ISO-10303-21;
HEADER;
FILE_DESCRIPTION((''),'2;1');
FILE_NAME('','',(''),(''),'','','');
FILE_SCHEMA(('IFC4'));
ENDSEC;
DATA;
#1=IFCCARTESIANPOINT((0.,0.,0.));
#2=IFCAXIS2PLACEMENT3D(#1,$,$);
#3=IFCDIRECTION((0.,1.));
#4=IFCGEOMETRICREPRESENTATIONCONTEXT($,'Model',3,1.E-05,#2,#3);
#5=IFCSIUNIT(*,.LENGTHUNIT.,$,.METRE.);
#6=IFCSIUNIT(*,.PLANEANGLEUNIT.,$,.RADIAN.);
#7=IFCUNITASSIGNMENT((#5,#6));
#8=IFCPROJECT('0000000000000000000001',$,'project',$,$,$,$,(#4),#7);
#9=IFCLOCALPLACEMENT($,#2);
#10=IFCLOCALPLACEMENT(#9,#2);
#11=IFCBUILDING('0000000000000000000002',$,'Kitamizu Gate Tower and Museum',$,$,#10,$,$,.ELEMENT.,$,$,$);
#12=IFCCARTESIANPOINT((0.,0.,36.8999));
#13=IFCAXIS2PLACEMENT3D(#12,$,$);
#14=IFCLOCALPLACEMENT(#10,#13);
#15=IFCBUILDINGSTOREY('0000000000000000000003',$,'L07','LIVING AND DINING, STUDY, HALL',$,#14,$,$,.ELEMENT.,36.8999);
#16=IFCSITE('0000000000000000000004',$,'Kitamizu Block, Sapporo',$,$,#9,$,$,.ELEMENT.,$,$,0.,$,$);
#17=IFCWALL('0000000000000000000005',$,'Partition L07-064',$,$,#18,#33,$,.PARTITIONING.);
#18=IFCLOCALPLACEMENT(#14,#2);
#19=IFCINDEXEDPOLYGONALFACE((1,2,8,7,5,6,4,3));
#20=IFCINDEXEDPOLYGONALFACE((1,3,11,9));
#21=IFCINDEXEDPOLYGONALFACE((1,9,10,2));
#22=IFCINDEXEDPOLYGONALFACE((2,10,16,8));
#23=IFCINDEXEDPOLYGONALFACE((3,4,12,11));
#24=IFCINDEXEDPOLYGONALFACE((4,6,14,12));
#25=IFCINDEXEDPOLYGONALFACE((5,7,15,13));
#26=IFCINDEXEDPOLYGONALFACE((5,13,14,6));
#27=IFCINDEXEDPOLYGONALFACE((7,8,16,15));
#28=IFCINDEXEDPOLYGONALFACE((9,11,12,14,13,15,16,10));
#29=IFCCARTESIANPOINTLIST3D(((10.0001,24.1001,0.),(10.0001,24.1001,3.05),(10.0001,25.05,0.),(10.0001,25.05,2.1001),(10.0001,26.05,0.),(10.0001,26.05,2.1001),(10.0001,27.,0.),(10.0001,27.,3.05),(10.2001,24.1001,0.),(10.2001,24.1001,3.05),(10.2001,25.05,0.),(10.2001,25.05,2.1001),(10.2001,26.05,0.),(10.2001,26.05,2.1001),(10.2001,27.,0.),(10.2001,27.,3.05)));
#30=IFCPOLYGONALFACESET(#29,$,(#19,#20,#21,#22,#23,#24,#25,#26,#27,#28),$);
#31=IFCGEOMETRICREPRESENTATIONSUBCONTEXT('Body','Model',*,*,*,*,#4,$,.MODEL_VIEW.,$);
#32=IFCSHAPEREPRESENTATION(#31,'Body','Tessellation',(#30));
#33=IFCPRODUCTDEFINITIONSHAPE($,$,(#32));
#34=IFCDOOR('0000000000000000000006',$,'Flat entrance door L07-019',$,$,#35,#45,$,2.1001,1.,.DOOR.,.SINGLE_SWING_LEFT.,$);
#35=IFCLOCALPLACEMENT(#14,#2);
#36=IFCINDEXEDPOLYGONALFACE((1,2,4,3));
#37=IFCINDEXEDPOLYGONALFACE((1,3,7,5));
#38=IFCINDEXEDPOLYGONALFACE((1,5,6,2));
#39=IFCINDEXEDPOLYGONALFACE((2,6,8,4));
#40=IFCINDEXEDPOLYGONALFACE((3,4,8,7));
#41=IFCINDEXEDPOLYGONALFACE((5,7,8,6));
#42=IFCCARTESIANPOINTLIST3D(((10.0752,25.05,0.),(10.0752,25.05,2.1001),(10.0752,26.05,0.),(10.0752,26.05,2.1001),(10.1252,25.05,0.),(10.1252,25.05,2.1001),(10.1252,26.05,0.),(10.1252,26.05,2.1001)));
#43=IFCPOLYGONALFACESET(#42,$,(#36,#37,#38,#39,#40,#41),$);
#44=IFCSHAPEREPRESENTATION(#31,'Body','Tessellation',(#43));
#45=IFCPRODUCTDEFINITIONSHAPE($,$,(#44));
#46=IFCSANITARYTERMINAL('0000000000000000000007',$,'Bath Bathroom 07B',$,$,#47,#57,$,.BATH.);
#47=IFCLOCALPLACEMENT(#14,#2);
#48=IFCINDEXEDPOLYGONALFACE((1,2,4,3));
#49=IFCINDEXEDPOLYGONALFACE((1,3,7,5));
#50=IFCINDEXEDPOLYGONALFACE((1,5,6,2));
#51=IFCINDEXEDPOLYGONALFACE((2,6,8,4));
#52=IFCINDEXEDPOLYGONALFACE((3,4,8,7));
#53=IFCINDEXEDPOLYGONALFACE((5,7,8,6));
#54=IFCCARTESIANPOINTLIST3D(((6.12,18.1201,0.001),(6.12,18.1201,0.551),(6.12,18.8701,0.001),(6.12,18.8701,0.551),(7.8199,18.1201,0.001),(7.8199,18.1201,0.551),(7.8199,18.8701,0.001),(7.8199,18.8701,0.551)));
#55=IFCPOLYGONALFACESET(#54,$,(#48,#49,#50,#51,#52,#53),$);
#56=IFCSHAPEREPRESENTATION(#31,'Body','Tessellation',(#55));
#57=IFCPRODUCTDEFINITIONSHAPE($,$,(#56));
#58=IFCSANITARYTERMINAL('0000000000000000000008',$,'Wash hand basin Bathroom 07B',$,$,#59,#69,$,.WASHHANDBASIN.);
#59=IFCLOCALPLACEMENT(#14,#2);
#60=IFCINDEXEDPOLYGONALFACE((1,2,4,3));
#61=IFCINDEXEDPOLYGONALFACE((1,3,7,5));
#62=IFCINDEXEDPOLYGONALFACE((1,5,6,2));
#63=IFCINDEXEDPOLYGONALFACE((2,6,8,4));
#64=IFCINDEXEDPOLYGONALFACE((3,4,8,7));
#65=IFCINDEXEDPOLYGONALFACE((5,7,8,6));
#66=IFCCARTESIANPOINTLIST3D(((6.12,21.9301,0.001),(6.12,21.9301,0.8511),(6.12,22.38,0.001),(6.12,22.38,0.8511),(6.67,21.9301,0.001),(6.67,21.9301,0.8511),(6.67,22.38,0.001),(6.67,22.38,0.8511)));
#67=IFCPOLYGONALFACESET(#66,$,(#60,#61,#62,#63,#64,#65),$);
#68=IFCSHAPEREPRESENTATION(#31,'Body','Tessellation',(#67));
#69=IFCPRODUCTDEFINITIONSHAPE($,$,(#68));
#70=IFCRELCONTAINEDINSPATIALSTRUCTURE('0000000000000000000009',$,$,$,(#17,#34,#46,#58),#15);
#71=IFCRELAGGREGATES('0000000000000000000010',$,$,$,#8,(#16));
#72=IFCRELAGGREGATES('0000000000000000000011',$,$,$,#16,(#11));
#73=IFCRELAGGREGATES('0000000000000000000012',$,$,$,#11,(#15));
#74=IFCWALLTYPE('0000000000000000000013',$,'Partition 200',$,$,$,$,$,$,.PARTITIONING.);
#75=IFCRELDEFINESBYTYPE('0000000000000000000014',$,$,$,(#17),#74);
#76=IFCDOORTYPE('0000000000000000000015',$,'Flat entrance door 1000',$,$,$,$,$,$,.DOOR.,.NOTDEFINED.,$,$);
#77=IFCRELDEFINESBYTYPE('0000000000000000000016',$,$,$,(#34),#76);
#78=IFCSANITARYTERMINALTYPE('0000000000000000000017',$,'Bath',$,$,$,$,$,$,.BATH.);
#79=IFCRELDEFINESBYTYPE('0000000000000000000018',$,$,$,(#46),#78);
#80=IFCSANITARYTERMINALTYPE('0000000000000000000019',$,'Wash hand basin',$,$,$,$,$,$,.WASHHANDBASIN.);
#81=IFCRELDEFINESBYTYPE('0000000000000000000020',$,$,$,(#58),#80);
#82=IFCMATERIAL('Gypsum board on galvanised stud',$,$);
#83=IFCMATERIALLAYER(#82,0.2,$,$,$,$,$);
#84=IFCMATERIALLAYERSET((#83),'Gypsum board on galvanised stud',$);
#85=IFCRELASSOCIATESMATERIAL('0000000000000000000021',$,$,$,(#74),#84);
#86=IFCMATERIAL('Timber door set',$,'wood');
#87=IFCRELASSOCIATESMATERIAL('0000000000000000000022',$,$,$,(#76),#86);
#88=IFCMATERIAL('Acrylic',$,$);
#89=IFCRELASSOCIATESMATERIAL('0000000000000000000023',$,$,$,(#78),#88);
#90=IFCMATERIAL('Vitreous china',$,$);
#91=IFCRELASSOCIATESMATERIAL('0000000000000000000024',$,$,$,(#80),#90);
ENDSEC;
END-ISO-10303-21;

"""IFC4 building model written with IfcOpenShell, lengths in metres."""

from ifc_helpers import new_model, si_unit, direction, frame, frame_2d, origin, origin_2d, place, context, subcontext, project, spatial, rectangle, extrude, material, layer, layer_set, type_object, element, fill, save


model = new_model("IFC4")

# Units and contexts
model_context = context("Model", 3, precision=1e-05, world=origin(), true_north=direction((0.0, 1.0)))
body_context = subcontext(model_context, "Body", "Model", "MODEL_VIEW")
ifc_project = project(units=[si_unit("LENGTHUNIT", "METRE"), si_unit("PLANEANGLEUNIT", "RADIAN")], contexts=[model_context])

# Site, building, storey
site_placement = place(None, origin())
site = spatial("IfcSite", under=ifc_project, at=site_placement, Name="Kitamizu Block, Sapporo", CompositionType="ELEMENT", RefElevation=0.0)
building_placement = place(site_placement, origin())
building = spatial("IfcBuilding", under=site, at=building_placement, Name="Kitamizu Gate Tower and Museum", CompositionType="ELEMENT")
storey_placement = place(building_placement, frame((0.0, 0.0, 36.8999)))
storey = spatial("IfcBuildingStorey", under=building, at=storey_placement, Name="L07", Description="LIVING AND DINING, STUDY, HALL", CompositionType="ELEMENT", Elevation=36.8999)

# Shared definitions
ifc_material_1 = material(Name="Gypsum board on galvanised stud")
ifc_layer_1 = layer(ifc_material_1, 0.2)
ifc_layer_set_1 = layer_set([ifc_layer_1], Name="Gypsum board on galvanised stud")
wall_type_1 = type_object("IfcWallType", Name="Partition 200", PredefinedType="PARTITIONING", material=ifc_layer_set_1)

# Wall, opening, door
wall_1_placement = place(storey_placement, frame((10.1001, 24.1001, 0.0), z_axis=(0.0, 0.0, 1.0), x_axis=(0.0, 1.0, 0.0)))
wall_1 = element("IfcWall", 1, at=wall_1_placement, inside=storey, type_object=wall_type_1, Name="Partition L07-064", PredefinedType="PARTITIONING", context=body_context, shape_type="SweptSolid", body=[
    extrude(rectangle(XDim=2.8999, YDim=0.2, at=frame_2d((1.45, 0.0))), origin(), (0.0, 0.0, 1.0), 3.05),
])
opening_1_placement = place(wall_1_placement, frame((0.95, 0.0, 0.0)))
opening_1 = element("IfcOpeningElement", 2, at=opening_1_placement, cuts=wall_1, PredefinedType="OPENING", context=body_context, shape_type="SweptSolid", body=[
    extrude(rectangle(XDim=1.0, YDim=2.1001, at=frame_2d((0.5, 1.05))), frame((0.0, 0.1099, 0.0), z_axis=(0.0, -1.0, 0.0), x_axis=(1.0, 0.0, 0.0)), (0.0, 0.0, 1.0), 0.22),
])
ifc_material_2 = material(Name="Timber door set", Category="wood")
door_type_1 = type_object("IfcDoorType", Name="Flat entrance door 1000", OperationType="NOTDEFINED", PredefinedType="DOOR", material=ifc_material_2)
door_1_placement = place(opening_1_placement, origin())
door_1 = element("IfcDoor", 3, at=door_1_placement, inside=storey, type_object=door_type_1, Name="Flat entrance door L07-019", OperationType="SINGLE_SWING_LEFT", OverallHeight=2.1001, OverallWidth=1.0, PredefinedType="DOOR", context=body_context, shape_type="SweptSolid", body=[
    extrude(rectangle(XDim=1.0, YDim=2.1001, at=frame_2d((0.5, 1.05))), frame((0.0, 0.0249, 0.0), z_axis=(0.0, -1.0, 0.0), x_axis=(1.0, 0.0, 0.0)), (0.0, 0.0, 1.0), 0.05),
])
fill(opening_1, door_1)

# Sanitary terminals
ifc_material_3 = material(Name="Acrylic")
sanitary_terminal_type_1 = type_object("IfcSanitaryTerminalType", Name="Bath", PredefinedType="BATH", material=ifc_material_3)
sanitary_terminal_1_placement = place(storey_placement, frame((6.97, 18.4951, 0.001), z_axis=(0.0, 0.0, 1.0), x_axis=(1.0, 0.0, 0.0)))
element("IfcSanitaryTerminal", 4, at=sanitary_terminal_1_placement, inside=storey, type_object=sanitary_terminal_type_1, Name="Bath Bathroom 07B", PredefinedType="BATH", context=body_context, shape_type="SweptSolid", body=[
    extrude(rectangle(XDim=1.7, YDim=0.75, at=origin_2d()), origin(), (0.0, 0.0, 1.0), 0.55),
])
ifc_material_4 = material(Name="Vitreous china")
sanitary_terminal_type_2 = type_object("IfcSanitaryTerminalType", Name="Wash hand basin", PredefinedType="WASHHANDBASIN", material=ifc_material_4)
sanitary_terminal_2_placement = place(storey_placement, frame((6.395, 22.155, 0.001), z_axis=(0.0, 0.0, 1.0), x_axis=(1.0, 0.0, 0.0)))
element("IfcSanitaryTerminal", 5, at=sanitary_terminal_2_placement, inside=storey, type_object=sanitary_terminal_type_2, Name="Wash hand basin Bathroom 07B", PredefinedType="WASHHANDBASIN", context=body_context, shape_type="SweptSolid", body=[
    extrude(rectangle(XDim=0.55, YDim=0.45, at=origin_2d()), origin(), (0.0, 0.0, 1.0), 0.8501),
])

save(model, "model.ifc")
